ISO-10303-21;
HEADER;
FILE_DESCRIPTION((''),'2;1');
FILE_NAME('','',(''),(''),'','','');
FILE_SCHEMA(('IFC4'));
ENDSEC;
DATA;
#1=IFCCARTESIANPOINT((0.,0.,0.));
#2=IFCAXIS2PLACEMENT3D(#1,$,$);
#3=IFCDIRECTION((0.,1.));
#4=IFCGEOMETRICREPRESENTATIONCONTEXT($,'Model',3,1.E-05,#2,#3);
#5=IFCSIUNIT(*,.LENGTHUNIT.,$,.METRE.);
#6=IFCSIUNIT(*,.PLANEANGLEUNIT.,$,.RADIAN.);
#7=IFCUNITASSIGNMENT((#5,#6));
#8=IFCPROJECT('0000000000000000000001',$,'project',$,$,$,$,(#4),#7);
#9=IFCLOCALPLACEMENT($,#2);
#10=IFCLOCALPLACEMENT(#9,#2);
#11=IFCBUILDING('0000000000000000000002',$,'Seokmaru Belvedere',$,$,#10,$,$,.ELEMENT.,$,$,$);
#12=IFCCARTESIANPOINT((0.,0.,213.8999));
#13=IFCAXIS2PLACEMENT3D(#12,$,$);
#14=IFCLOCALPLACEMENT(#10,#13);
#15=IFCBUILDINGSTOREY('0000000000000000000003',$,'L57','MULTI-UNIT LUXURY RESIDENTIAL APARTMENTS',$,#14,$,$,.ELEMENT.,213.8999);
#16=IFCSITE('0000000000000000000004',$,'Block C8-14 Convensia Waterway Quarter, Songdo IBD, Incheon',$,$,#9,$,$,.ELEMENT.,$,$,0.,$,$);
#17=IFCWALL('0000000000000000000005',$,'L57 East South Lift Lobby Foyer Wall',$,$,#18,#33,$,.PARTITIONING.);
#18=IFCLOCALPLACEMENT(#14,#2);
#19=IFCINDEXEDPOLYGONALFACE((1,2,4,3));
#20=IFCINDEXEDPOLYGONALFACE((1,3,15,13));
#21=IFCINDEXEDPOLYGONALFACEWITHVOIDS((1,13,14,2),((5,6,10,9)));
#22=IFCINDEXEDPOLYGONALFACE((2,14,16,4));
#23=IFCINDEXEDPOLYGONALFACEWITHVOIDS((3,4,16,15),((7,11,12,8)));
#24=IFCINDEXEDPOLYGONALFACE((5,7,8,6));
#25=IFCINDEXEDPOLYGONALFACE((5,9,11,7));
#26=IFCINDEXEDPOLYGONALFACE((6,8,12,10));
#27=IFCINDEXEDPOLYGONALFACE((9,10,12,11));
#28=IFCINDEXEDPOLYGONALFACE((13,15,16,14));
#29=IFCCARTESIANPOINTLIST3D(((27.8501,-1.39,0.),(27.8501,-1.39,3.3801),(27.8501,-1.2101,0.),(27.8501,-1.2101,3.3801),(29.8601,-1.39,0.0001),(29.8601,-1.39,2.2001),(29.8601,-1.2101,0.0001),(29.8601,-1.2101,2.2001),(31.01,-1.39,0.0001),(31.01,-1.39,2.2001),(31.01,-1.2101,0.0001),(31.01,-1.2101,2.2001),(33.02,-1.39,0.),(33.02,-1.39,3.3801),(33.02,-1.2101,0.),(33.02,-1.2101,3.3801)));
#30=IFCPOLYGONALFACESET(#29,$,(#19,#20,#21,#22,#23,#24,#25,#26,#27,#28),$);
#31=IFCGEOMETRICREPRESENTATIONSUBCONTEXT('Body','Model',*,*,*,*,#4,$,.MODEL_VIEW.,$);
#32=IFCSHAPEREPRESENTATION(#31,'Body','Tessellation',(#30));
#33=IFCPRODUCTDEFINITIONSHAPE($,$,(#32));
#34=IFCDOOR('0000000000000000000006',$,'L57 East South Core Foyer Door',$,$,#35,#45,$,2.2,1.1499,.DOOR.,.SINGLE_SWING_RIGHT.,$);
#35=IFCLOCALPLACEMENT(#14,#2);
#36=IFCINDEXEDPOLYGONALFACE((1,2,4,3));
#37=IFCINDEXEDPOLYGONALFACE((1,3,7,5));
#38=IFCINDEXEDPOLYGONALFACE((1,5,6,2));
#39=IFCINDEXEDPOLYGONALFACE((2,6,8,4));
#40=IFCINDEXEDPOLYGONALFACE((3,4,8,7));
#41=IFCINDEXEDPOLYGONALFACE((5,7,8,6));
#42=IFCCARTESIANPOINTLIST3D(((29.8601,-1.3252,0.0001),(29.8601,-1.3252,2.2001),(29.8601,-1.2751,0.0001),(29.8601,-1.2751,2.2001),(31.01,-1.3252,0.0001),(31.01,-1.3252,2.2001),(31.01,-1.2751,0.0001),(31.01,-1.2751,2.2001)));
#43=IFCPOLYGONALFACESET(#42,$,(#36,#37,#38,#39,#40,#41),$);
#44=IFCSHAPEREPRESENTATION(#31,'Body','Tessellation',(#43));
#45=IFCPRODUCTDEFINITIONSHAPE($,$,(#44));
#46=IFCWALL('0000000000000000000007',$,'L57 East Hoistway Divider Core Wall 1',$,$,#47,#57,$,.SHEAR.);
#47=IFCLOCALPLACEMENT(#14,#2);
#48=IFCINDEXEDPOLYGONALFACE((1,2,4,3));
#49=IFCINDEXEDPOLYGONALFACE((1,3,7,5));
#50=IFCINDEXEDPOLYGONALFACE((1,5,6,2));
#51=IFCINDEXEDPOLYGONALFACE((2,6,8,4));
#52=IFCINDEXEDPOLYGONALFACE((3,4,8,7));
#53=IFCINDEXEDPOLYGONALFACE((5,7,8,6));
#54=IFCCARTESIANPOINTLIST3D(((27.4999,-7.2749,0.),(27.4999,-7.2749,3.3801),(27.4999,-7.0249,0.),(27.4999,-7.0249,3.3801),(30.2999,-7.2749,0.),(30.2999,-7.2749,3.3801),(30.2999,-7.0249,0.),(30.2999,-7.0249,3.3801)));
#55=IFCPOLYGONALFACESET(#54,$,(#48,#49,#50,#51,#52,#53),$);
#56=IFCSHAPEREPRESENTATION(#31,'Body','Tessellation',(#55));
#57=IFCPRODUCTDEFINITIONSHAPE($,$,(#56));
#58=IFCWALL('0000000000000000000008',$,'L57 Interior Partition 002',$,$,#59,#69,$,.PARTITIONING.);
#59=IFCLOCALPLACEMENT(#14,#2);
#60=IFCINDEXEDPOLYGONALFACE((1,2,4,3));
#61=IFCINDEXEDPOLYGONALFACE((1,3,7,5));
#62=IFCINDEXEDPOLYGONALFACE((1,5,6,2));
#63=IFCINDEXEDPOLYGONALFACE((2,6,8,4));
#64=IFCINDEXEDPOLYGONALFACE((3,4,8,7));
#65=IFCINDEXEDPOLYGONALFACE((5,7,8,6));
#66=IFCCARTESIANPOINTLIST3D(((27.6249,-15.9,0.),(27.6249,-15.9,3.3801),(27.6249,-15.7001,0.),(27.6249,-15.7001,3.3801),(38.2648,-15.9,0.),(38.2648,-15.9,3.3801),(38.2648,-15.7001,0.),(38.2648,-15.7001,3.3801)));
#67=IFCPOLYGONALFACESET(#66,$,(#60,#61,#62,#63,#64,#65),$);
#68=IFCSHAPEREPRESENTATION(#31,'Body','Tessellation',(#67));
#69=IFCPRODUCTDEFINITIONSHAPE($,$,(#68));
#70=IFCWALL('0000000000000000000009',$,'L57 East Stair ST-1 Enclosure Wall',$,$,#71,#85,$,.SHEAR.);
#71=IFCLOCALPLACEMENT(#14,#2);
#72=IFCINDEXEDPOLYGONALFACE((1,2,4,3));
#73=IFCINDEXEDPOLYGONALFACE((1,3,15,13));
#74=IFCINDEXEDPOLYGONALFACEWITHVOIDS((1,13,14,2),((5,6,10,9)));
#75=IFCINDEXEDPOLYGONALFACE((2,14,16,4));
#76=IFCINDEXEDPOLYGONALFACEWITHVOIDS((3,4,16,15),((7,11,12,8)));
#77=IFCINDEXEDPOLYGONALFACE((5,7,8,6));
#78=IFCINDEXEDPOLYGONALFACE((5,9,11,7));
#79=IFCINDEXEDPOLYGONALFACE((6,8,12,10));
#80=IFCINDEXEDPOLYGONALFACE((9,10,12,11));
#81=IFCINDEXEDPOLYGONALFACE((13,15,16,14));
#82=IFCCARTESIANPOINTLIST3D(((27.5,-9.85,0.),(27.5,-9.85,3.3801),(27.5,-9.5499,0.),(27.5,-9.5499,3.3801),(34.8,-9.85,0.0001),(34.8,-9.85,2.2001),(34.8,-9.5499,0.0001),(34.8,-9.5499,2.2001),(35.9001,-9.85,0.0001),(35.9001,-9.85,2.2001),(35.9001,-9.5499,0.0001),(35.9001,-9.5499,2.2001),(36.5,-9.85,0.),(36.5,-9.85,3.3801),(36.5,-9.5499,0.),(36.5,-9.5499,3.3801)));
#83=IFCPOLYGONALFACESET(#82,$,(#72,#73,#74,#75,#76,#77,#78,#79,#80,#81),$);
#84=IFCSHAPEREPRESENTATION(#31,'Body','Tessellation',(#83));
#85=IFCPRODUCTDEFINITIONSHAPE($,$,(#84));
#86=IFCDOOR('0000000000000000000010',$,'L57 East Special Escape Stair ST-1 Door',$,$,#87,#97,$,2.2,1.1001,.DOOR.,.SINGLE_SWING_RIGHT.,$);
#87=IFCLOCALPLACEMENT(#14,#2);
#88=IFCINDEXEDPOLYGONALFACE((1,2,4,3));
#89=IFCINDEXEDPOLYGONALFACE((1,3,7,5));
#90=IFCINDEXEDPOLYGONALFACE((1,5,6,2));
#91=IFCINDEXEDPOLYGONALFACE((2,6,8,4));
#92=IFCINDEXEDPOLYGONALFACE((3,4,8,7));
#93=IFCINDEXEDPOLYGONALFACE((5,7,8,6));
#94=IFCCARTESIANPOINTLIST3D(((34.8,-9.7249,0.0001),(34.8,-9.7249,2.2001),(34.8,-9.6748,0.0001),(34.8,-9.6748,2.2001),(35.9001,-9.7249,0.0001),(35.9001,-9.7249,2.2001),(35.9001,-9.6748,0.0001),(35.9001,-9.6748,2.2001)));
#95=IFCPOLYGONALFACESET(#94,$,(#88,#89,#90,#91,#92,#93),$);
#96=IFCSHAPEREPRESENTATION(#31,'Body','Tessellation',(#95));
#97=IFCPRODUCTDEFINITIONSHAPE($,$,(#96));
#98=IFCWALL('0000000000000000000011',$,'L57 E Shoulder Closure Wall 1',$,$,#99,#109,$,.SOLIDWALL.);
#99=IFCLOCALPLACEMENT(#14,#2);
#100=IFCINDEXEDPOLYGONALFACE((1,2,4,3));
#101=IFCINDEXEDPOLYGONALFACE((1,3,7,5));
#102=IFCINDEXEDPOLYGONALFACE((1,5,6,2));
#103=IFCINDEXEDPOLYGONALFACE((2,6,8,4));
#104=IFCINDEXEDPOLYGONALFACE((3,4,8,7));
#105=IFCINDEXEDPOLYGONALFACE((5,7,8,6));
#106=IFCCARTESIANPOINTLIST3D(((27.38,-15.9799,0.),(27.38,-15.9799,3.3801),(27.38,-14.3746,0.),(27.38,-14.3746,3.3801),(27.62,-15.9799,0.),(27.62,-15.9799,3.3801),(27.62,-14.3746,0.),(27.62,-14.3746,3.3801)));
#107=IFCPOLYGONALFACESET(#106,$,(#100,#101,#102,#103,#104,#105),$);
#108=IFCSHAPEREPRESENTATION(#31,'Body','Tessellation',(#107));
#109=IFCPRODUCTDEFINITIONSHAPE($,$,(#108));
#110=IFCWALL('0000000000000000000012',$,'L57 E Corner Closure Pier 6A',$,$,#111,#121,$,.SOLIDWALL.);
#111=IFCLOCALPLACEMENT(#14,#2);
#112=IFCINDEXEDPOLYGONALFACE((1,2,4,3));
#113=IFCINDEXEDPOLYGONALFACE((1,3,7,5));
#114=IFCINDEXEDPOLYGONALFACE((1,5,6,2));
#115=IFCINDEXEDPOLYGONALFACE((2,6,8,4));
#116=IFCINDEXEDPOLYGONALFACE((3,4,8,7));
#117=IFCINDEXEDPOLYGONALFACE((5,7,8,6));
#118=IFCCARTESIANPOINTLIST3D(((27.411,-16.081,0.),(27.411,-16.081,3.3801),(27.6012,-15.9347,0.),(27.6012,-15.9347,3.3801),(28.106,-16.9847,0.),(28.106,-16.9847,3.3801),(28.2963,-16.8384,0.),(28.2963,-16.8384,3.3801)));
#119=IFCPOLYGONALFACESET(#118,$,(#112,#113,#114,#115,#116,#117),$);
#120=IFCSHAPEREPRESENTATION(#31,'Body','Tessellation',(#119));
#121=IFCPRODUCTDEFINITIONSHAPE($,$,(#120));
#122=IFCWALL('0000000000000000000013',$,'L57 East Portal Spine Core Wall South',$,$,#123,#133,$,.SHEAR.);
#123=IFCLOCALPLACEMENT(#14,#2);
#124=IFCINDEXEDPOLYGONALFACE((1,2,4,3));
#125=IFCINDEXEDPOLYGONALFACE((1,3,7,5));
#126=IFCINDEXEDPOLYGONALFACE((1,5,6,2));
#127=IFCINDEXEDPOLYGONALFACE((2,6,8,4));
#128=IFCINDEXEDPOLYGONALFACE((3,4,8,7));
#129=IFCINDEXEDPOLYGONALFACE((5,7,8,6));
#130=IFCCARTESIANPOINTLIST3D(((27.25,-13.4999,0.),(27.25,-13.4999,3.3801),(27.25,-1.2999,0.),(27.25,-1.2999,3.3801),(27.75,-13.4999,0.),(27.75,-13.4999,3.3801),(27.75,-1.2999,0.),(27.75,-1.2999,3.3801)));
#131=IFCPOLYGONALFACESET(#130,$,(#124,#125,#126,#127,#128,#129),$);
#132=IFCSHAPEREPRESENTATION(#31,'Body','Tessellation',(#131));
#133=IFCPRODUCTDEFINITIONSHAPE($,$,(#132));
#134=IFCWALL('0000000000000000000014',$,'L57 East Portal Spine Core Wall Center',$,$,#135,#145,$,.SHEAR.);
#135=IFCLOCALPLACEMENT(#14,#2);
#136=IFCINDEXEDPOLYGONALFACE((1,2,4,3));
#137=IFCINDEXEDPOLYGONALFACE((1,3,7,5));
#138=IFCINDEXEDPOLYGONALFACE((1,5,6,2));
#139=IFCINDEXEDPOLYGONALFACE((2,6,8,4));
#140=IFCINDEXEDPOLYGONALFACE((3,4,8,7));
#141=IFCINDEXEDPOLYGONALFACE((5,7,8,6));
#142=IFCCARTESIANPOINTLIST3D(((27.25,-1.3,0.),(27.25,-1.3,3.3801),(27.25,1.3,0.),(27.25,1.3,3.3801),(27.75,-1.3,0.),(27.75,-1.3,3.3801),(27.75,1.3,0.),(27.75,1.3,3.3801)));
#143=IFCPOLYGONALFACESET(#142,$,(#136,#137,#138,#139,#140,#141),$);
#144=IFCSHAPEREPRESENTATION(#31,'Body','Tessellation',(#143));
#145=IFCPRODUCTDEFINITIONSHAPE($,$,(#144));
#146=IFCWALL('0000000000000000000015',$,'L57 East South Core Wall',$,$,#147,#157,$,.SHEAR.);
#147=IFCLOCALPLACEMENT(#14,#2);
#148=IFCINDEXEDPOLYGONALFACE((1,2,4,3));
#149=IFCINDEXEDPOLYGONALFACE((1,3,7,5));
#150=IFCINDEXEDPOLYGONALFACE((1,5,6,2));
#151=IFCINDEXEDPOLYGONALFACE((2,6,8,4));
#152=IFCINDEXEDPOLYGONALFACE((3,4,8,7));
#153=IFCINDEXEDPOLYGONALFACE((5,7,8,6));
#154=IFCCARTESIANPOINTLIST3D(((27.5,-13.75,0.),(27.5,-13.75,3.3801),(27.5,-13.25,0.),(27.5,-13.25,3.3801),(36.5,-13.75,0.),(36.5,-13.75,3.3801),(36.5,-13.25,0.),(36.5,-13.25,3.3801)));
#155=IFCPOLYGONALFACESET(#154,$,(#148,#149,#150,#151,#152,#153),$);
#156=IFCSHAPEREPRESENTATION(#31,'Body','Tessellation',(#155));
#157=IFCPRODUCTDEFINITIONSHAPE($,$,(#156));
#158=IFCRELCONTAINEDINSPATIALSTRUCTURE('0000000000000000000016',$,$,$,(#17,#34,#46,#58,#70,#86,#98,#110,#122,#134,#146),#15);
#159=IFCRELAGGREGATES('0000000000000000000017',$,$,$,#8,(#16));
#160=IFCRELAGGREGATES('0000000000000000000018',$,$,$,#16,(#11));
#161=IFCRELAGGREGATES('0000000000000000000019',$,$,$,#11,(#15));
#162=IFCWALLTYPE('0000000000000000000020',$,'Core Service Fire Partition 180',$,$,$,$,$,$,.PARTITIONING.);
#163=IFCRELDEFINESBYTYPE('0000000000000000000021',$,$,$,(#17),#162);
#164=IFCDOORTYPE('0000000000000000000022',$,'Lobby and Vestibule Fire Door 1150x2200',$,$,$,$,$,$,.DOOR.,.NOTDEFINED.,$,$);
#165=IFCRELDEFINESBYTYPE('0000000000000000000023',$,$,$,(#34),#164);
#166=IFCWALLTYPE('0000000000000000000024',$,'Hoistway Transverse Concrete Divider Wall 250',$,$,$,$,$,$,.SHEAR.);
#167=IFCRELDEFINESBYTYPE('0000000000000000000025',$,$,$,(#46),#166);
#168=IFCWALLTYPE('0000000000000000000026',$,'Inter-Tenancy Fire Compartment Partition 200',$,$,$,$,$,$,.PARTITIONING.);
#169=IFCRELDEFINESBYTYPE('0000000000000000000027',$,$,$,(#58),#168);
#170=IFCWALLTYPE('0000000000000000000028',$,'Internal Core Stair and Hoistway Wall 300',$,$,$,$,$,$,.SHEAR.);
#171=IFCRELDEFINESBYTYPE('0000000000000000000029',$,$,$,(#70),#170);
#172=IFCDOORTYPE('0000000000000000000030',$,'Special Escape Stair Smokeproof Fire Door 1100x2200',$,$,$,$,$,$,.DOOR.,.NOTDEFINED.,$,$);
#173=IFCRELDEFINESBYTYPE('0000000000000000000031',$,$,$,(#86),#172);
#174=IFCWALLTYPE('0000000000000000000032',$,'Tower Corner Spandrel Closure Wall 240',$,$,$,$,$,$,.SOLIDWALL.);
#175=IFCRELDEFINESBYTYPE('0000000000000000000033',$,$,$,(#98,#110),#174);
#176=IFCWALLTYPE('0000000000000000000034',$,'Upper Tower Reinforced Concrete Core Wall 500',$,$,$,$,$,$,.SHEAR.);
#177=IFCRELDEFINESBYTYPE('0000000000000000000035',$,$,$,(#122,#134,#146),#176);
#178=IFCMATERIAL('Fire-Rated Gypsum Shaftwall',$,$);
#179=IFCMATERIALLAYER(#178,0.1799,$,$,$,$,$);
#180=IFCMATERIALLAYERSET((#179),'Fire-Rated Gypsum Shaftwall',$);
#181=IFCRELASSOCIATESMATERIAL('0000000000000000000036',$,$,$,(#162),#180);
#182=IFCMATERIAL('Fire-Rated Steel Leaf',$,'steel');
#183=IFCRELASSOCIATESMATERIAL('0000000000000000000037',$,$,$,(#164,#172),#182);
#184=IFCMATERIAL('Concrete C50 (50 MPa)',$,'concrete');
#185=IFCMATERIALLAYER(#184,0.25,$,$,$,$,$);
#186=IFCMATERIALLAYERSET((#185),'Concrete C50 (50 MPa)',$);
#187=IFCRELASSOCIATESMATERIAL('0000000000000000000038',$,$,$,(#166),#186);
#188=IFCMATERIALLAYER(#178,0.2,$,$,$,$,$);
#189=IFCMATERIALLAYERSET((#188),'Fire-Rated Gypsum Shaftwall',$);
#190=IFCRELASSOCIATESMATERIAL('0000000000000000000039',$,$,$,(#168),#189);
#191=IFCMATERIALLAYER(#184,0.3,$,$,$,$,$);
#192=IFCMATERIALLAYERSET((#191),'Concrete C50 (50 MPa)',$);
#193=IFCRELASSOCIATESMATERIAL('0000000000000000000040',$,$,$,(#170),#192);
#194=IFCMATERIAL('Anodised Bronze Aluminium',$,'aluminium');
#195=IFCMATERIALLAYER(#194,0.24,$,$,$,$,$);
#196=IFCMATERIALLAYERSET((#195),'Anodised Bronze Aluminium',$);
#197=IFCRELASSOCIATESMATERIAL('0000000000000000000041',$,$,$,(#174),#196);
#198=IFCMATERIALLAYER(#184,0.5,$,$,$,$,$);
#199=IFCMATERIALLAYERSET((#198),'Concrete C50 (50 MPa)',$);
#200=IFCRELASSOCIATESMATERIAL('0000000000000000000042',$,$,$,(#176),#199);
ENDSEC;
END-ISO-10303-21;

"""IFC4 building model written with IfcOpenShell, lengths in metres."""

from ifc_helpers import new_model, si_unit, direction, frame, frame_2d, origin, place, context, subcontext, project, spatial, rectangle, extrude, source, transform, mapped, material, layer, layer_set, type_object, type_shapes, element, fill, save


model = new_model("IFC4")

# Units and contexts
model_context = context("Model", 3, precision=1e-05, world=origin(), true_north=direction((0.0, 1.0)))
body_context = subcontext(model_context, "Body", "Model", "MODEL_VIEW")
ifc_project = project(units=[si_unit("LENGTHUNIT", "METRE"), si_unit("PLANEANGLEUNIT", "RADIAN")], contexts=[model_context])

# Site, building, storey
site_placement = place(None, origin())
site = spatial("IfcSite", under=ifc_project, at=site_placement, Name="Block C8-14 Convensia Waterway Quarter, Songdo IBD, Incheon", CompositionType="ELEMENT", RefElevation=0.0)
building_placement = place(site_placement, origin())
building = spatial("IfcBuilding", under=site, at=building_placement, Name="Seokmaru Belvedere", CompositionType="ELEMENT")
storey_placement = place(building_placement, frame((0.0, 0.0, 213.8999)))
storey = spatial("IfcBuildingStorey", under=building, at=storey_placement, Name="L57", Description="MULTI-UNIT LUXURY RESIDENTIAL APARTMENTS", CompositionType="ELEMENT", Elevation=213.8999)

# Shared definitions
ifc_material_1 = material(Name="Anodised Bronze Aluminium", Category="aluminium")

# Wall, opening, door
ifc_material_2 = material(Name="Fire-Rated Gypsum Shaftwall")
ifc_layer_1 = layer(ifc_material_2, 0.1799)
ifc_layer_set_1 = layer_set([ifc_layer_1], Name="Fire-Rated Gypsum Shaftwall")
wall_type_1 = type_object("IfcWallType", Name="Core Service Fire Partition 180", PredefinedType="PARTITIONING", material=ifc_layer_set_1)
wall_1_placement = place(storey_placement, frame((27.8501, -1.3, 0.0), z_axis=(0.0, 0.0, 1.0), x_axis=(1.0, 0.0, 0.0)))
wall_1 = element("IfcWall", 1, at=wall_1_placement, inside=storey, type_object=wall_type_1, Name="L57 East South Lift Lobby Foyer Wall", PredefinedType="PARTITIONING", context=body_context, shape_type="SweptSolid", body=[
    extrude(rectangle(XDim=5.1699, YDim=0.1799, at=frame_2d((2.585, 0.0))), origin(), (0.0, 0.0, 1.0), 3.3801),
])
opening_1_placement = place(wall_1_placement, frame((2.01, 0.0, 0.0)))
opening_1 = element("IfcOpeningElement", 2, at=opening_1_placement, cuts=wall_1, PredefinedType="OPENING", context=body_context, shape_type="SweptSolid", body=[
    extrude(rectangle(XDim=1.1499, YDim=2.2, at=frame_2d((0.575, 1.1001))), frame((0.0, 0.1001, 0.0), z_axis=(0.0, -1.0, 0.0), x_axis=(1.0, 0.0, 0.0)), (0.0, 0.0, 1.0), 0.2),
])
ifc_material_3 = material(Name="Fire-Rated Steel Leaf", Category="steel")
door_type_1 = type_object("IfcDoorType", Name="Lobby and Vestibule Fire Door 1150x2200", OperationType="NOTDEFINED", PredefinedType="DOOR", material=ifc_material_3)
shared_shape_1 = source(origin(), body_context, "Body", "SweptSolid", [
    extrude(rectangle(XDim=1.1499, YDim=2.2, at=frame_2d((0.575, 1.1001))), frame((0.0, 0.0249, 0.0), z_axis=(0.0, -1.0, 0.0), x_axis=(1.0, 0.0, 0.0)), (0.0, 0.0, 1.0), 0.05),
])
type_shapes(door_type_1, [shared_shape_1])
door_1_placement = place(opening_1_placement, origin())
door_1 = element("IfcDoor", 3, at=door_1_placement, inside=storey, type_object=door_type_1, Name="L57 East South Core Foyer Door", OperationType="SINGLE_SWING_RIGHT", OverallHeight=2.2, OverallWidth=1.1499, PredefinedType="DOOR", context=body_context, shape_type="MappedRepresentation", body=[
    mapped(shared_shape_1, transform((0.0, 0.0, 0.0), scale=1.0)),
])
fill(opening_1, door_1)

# Walls
ifc_material_4 = material(Name="Concrete C50 (50 MPa)", Category="concrete")
ifc_layer_2 = layer(ifc_material_4, 0.25)
ifc_layer_set_2 = layer_set([ifc_layer_2], Name="Concrete C50 (50 MPa)")
wall_type_2 = type_object("IfcWallType", Name="Hoistway Transverse Concrete Divider Wall 250", PredefinedType="SHEAR", material=ifc_layer_set_2)
wall_2_placement = place(storey_placement, frame((27.5, -7.1499, 0.0), z_axis=(0.0, 0.0, 1.0), x_axis=(1.0, 0.0, 0.0)))
element("IfcWall", 4, at=wall_2_placement, inside=storey, type_object=wall_type_2, Name="L57 East Hoistway Divider Core Wall 1", PredefinedType="SHEAR", context=body_context, shape_type="SweptSolid", body=[
    extrude(rectangle(XDim=2.8, YDim=0.25, at=frame_2d((1.3999, 0.0))), origin(), (0.0, 0.0, 1.0), 3.3801),
])
ifc_layer_3 = layer(ifc_material_2, 0.2)
ifc_layer_set_3 = layer_set([ifc_layer_3], Name="Fire-Rated Gypsum Shaftwall")
wall_type_3 = type_object("IfcWallType", Name="Inter-Tenancy Fire Compartment Partition 200", PredefinedType="PARTITIONING", material=ifc_layer_set_3)
wall_3_placement = place(storey_placement, frame((27.625, -15.8, 0.0), z_axis=(0.0, 0.0, 1.0), x_axis=(1.0, 0.0, 0.0)))
element("IfcWall", 5, at=wall_3_placement, inside=storey, type_object=wall_type_3, Name="L57 Interior Partition 002", PredefinedType="PARTITIONING", context=body_context, shape_type="SweptSolid", body=[
    extrude(rectangle(XDim=10.6399, YDim=0.2, at=frame_2d((5.3198, 0.0))), origin(), (0.0, 0.0, 1.0), 3.3801),
])

# Wall, opening, door
ifc_layer_4 = layer(ifc_material_4, 0.3)
ifc_layer_set_4 = layer_set([ifc_layer_4], Name="Concrete C50 (50 MPa)")
wall_type_4 = type_object("IfcWallType", Name="Internal Core Stair and Hoistway Wall 300", PredefinedType="SHEAR", material=ifc_layer_set_4)
wall_4_placement = place(storey_placement, frame((27.5, -9.7, 0.0), z_axis=(0.0, 0.0, 1.0), x_axis=(1.0, 0.0, 0.0)))
wall_4 = element("IfcWall", 6, at=wall_4_placement, inside=storey, type_object=wall_type_4, Name="L57 East Stair ST-1 Enclosure Wall", PredefinedType="SHEAR", context=body_context, shape_type="SweptSolid", body=[
    extrude(rectangle(XDim=9.0, YDim=0.3, at=frame_2d((4.5, 0.0))), origin(), (0.0, 0.0, 1.0), 3.3801),
])
opening_2_placement = place(wall_4_placement, frame((7.3, 0.0, 0.0)))
opening_2 = element("IfcOpeningElement", 7, at=opening_2_placement, cuts=wall_4, PredefinedType="OPENING", context=body_context, shape_type="SweptSolid", body=[
    extrude(rectangle(XDim=1.1001, YDim=2.2, at=frame_2d((0.55, 1.1001))), frame((0.0, 0.1602, 0.0), z_axis=(0.0, -1.0, 0.0), x_axis=(1.0, 0.0, 0.0)), (0.0, 0.0, 1.0), 0.3201),
])
door_type_2 = type_object("IfcDoorType", Name="Special Escape Stair Smokeproof Fire Door 1100x2200", OperationType="NOTDEFINED", PredefinedType="DOOR", material=ifc_material_3)
shared_shape_2 = source(origin(), body_context, "Body", "SweptSolid", [
    extrude(rectangle(XDim=1.1001, YDim=2.2, at=frame_2d((0.55, 1.1001))), frame((0.0, 0.0249, 0.0), z_axis=(0.0, -1.0, 0.0), x_axis=(1.0, 0.0, 0.0)), (0.0, 0.0, 1.0), 0.05),
])
type_shapes(door_type_2, [shared_shape_2])
door_2_placement = place(opening_2_placement, frame((1.1001, 0.0, 0.0), z_axis=(0.0, 0.0, 1.0), x_axis=(-1.0, 0.0, 0.0)))
door_2 = element("IfcDoor", 8, at=door_2_placement, inside=storey, type_object=door_type_2, Name="L57 East Special Escape Stair ST-1 Door", OperationType="SINGLE_SWING_RIGHT", OverallHeight=2.2, OverallWidth=1.1001, PredefinedType="DOOR", context=body_context, shape_type="MappedRepresentation", body=[
    mapped(shared_shape_2, transform((0.0, 0.0, 0.0), scale=1.0)),
])
fill(opening_2, door_2)

# Walls
ifc_layer_5 = layer(ifc_material_1, 0.24)
ifc_layer_set_5 = layer_set([ifc_layer_5], Name="Anodised Bronze Aluminium")
wall_type_5 = type_object("IfcWallType", Name="Tower Corner Spandrel Closure Wall 240", PredefinedType="SOLIDWALL", material=ifc_layer_set_5)
wall_5_placement = place(storey_placement, frame((27.5, -15.98, 0.0), z_axis=(0.0, 0.0, 1.0), x_axis=(0.0, 1.0, 0.0)))
element("IfcWall", 9, at=wall_5_placement, inside=storey, type_object=wall_type_5, Name="L57 E Shoulder Closure Wall 1", PredefinedType="SOLIDWALL", context=body_context, shape_type="SweptSolid", body=[
    extrude(rectangle(XDim=1.6052, YDim=0.24, at=frame_2d((0.8027, 0.0))), origin(), (0.0, 0.0, 1.0), 3.3801),
])
wall_6_placement = place(storey_placement, frame((27.5061, -16.0078, 0.0), z_axis=(0.0, 0.0, 1.0), x_axis=(0.609618, -0.792696, 0.0)))
element("IfcWall", 10, at=wall_6_placement, inside=storey, type_object=wall_type_5, Name="L57 E Corner Closure Pier 6A", PredefinedType="SOLIDWALL", context=body_context, shape_type="SweptSolid", body=[
    extrude(rectangle(XDim=1.1401, YDim=0.24, at=frame_2d((0.5701, 0.0))), origin(), (0.0, 0.0, 1.0), 3.3801),
])
ifc_layer_6 = layer(ifc_material_4, 0.5)
ifc_layer_set_6 = layer_set([ifc_layer_6], Name="Concrete C50 (50 MPa)")
wall_type_6 = type_object("IfcWallType", Name="Upper Tower Reinforced Concrete Core Wall 500", PredefinedType="SHEAR", material=ifc_layer_set_6)
wall_7_placement = place(storey_placement, frame((27.5, -13.5, 0.0), z_axis=(0.0, 0.0, 1.0), x_axis=(0.0, 1.0, 0.0)))
element("IfcWall", 11, at=wall_7_placement, inside=storey, type_object=wall_type_6, Name="L57 East Portal Spine Core Wall South", PredefinedType="SHEAR", context=body_context, shape_type="SweptSolid", body=[
    extrude(rectangle(XDim=12.2, YDim=0.5, at=frame_2d((6.1001, 0.0))), origin(), (0.0, 0.0, 1.0), 3.3801),
])
wall_8_placement = place(storey_placement, frame((27.5, -1.3, 0.0), z_axis=(0.0, 0.0, 1.0), x_axis=(0.0, 1.0, 0.0)))
element("IfcWall", 12, at=wall_8_placement, inside=storey, type_object=wall_type_6, Name="L57 East Portal Spine Core Wall Center", PredefinedType="SHEAR", context=body_context, shape_type="SweptSolid", body=[
    extrude(rectangle(XDim=2.6001, YDim=0.5, at=frame_2d((1.3, 0.0))), origin(), (0.0, 0.0, 1.0), 3.3801),
])
wall_9_placement = place(storey_placement, frame((27.5, -13.5, 0.0), z_axis=(0.0, 0.0, 1.0), x_axis=(1.0, 0.0, 0.0)))
element("IfcWall", 13, at=wall_9_placement, inside=storey, type_object=wall_type_6, Name="L57 East South Core Wall", PredefinedType="SHEAR", context=body_context, shape_type="SweptSolid", body=[
    extrude(rectangle(XDim=9.0, YDim=0.5, at=frame_2d((4.5, 0.0))), origin(), (0.0, 0.0, 1.0), 3.3801),
])

save(model, "model.ifc")
